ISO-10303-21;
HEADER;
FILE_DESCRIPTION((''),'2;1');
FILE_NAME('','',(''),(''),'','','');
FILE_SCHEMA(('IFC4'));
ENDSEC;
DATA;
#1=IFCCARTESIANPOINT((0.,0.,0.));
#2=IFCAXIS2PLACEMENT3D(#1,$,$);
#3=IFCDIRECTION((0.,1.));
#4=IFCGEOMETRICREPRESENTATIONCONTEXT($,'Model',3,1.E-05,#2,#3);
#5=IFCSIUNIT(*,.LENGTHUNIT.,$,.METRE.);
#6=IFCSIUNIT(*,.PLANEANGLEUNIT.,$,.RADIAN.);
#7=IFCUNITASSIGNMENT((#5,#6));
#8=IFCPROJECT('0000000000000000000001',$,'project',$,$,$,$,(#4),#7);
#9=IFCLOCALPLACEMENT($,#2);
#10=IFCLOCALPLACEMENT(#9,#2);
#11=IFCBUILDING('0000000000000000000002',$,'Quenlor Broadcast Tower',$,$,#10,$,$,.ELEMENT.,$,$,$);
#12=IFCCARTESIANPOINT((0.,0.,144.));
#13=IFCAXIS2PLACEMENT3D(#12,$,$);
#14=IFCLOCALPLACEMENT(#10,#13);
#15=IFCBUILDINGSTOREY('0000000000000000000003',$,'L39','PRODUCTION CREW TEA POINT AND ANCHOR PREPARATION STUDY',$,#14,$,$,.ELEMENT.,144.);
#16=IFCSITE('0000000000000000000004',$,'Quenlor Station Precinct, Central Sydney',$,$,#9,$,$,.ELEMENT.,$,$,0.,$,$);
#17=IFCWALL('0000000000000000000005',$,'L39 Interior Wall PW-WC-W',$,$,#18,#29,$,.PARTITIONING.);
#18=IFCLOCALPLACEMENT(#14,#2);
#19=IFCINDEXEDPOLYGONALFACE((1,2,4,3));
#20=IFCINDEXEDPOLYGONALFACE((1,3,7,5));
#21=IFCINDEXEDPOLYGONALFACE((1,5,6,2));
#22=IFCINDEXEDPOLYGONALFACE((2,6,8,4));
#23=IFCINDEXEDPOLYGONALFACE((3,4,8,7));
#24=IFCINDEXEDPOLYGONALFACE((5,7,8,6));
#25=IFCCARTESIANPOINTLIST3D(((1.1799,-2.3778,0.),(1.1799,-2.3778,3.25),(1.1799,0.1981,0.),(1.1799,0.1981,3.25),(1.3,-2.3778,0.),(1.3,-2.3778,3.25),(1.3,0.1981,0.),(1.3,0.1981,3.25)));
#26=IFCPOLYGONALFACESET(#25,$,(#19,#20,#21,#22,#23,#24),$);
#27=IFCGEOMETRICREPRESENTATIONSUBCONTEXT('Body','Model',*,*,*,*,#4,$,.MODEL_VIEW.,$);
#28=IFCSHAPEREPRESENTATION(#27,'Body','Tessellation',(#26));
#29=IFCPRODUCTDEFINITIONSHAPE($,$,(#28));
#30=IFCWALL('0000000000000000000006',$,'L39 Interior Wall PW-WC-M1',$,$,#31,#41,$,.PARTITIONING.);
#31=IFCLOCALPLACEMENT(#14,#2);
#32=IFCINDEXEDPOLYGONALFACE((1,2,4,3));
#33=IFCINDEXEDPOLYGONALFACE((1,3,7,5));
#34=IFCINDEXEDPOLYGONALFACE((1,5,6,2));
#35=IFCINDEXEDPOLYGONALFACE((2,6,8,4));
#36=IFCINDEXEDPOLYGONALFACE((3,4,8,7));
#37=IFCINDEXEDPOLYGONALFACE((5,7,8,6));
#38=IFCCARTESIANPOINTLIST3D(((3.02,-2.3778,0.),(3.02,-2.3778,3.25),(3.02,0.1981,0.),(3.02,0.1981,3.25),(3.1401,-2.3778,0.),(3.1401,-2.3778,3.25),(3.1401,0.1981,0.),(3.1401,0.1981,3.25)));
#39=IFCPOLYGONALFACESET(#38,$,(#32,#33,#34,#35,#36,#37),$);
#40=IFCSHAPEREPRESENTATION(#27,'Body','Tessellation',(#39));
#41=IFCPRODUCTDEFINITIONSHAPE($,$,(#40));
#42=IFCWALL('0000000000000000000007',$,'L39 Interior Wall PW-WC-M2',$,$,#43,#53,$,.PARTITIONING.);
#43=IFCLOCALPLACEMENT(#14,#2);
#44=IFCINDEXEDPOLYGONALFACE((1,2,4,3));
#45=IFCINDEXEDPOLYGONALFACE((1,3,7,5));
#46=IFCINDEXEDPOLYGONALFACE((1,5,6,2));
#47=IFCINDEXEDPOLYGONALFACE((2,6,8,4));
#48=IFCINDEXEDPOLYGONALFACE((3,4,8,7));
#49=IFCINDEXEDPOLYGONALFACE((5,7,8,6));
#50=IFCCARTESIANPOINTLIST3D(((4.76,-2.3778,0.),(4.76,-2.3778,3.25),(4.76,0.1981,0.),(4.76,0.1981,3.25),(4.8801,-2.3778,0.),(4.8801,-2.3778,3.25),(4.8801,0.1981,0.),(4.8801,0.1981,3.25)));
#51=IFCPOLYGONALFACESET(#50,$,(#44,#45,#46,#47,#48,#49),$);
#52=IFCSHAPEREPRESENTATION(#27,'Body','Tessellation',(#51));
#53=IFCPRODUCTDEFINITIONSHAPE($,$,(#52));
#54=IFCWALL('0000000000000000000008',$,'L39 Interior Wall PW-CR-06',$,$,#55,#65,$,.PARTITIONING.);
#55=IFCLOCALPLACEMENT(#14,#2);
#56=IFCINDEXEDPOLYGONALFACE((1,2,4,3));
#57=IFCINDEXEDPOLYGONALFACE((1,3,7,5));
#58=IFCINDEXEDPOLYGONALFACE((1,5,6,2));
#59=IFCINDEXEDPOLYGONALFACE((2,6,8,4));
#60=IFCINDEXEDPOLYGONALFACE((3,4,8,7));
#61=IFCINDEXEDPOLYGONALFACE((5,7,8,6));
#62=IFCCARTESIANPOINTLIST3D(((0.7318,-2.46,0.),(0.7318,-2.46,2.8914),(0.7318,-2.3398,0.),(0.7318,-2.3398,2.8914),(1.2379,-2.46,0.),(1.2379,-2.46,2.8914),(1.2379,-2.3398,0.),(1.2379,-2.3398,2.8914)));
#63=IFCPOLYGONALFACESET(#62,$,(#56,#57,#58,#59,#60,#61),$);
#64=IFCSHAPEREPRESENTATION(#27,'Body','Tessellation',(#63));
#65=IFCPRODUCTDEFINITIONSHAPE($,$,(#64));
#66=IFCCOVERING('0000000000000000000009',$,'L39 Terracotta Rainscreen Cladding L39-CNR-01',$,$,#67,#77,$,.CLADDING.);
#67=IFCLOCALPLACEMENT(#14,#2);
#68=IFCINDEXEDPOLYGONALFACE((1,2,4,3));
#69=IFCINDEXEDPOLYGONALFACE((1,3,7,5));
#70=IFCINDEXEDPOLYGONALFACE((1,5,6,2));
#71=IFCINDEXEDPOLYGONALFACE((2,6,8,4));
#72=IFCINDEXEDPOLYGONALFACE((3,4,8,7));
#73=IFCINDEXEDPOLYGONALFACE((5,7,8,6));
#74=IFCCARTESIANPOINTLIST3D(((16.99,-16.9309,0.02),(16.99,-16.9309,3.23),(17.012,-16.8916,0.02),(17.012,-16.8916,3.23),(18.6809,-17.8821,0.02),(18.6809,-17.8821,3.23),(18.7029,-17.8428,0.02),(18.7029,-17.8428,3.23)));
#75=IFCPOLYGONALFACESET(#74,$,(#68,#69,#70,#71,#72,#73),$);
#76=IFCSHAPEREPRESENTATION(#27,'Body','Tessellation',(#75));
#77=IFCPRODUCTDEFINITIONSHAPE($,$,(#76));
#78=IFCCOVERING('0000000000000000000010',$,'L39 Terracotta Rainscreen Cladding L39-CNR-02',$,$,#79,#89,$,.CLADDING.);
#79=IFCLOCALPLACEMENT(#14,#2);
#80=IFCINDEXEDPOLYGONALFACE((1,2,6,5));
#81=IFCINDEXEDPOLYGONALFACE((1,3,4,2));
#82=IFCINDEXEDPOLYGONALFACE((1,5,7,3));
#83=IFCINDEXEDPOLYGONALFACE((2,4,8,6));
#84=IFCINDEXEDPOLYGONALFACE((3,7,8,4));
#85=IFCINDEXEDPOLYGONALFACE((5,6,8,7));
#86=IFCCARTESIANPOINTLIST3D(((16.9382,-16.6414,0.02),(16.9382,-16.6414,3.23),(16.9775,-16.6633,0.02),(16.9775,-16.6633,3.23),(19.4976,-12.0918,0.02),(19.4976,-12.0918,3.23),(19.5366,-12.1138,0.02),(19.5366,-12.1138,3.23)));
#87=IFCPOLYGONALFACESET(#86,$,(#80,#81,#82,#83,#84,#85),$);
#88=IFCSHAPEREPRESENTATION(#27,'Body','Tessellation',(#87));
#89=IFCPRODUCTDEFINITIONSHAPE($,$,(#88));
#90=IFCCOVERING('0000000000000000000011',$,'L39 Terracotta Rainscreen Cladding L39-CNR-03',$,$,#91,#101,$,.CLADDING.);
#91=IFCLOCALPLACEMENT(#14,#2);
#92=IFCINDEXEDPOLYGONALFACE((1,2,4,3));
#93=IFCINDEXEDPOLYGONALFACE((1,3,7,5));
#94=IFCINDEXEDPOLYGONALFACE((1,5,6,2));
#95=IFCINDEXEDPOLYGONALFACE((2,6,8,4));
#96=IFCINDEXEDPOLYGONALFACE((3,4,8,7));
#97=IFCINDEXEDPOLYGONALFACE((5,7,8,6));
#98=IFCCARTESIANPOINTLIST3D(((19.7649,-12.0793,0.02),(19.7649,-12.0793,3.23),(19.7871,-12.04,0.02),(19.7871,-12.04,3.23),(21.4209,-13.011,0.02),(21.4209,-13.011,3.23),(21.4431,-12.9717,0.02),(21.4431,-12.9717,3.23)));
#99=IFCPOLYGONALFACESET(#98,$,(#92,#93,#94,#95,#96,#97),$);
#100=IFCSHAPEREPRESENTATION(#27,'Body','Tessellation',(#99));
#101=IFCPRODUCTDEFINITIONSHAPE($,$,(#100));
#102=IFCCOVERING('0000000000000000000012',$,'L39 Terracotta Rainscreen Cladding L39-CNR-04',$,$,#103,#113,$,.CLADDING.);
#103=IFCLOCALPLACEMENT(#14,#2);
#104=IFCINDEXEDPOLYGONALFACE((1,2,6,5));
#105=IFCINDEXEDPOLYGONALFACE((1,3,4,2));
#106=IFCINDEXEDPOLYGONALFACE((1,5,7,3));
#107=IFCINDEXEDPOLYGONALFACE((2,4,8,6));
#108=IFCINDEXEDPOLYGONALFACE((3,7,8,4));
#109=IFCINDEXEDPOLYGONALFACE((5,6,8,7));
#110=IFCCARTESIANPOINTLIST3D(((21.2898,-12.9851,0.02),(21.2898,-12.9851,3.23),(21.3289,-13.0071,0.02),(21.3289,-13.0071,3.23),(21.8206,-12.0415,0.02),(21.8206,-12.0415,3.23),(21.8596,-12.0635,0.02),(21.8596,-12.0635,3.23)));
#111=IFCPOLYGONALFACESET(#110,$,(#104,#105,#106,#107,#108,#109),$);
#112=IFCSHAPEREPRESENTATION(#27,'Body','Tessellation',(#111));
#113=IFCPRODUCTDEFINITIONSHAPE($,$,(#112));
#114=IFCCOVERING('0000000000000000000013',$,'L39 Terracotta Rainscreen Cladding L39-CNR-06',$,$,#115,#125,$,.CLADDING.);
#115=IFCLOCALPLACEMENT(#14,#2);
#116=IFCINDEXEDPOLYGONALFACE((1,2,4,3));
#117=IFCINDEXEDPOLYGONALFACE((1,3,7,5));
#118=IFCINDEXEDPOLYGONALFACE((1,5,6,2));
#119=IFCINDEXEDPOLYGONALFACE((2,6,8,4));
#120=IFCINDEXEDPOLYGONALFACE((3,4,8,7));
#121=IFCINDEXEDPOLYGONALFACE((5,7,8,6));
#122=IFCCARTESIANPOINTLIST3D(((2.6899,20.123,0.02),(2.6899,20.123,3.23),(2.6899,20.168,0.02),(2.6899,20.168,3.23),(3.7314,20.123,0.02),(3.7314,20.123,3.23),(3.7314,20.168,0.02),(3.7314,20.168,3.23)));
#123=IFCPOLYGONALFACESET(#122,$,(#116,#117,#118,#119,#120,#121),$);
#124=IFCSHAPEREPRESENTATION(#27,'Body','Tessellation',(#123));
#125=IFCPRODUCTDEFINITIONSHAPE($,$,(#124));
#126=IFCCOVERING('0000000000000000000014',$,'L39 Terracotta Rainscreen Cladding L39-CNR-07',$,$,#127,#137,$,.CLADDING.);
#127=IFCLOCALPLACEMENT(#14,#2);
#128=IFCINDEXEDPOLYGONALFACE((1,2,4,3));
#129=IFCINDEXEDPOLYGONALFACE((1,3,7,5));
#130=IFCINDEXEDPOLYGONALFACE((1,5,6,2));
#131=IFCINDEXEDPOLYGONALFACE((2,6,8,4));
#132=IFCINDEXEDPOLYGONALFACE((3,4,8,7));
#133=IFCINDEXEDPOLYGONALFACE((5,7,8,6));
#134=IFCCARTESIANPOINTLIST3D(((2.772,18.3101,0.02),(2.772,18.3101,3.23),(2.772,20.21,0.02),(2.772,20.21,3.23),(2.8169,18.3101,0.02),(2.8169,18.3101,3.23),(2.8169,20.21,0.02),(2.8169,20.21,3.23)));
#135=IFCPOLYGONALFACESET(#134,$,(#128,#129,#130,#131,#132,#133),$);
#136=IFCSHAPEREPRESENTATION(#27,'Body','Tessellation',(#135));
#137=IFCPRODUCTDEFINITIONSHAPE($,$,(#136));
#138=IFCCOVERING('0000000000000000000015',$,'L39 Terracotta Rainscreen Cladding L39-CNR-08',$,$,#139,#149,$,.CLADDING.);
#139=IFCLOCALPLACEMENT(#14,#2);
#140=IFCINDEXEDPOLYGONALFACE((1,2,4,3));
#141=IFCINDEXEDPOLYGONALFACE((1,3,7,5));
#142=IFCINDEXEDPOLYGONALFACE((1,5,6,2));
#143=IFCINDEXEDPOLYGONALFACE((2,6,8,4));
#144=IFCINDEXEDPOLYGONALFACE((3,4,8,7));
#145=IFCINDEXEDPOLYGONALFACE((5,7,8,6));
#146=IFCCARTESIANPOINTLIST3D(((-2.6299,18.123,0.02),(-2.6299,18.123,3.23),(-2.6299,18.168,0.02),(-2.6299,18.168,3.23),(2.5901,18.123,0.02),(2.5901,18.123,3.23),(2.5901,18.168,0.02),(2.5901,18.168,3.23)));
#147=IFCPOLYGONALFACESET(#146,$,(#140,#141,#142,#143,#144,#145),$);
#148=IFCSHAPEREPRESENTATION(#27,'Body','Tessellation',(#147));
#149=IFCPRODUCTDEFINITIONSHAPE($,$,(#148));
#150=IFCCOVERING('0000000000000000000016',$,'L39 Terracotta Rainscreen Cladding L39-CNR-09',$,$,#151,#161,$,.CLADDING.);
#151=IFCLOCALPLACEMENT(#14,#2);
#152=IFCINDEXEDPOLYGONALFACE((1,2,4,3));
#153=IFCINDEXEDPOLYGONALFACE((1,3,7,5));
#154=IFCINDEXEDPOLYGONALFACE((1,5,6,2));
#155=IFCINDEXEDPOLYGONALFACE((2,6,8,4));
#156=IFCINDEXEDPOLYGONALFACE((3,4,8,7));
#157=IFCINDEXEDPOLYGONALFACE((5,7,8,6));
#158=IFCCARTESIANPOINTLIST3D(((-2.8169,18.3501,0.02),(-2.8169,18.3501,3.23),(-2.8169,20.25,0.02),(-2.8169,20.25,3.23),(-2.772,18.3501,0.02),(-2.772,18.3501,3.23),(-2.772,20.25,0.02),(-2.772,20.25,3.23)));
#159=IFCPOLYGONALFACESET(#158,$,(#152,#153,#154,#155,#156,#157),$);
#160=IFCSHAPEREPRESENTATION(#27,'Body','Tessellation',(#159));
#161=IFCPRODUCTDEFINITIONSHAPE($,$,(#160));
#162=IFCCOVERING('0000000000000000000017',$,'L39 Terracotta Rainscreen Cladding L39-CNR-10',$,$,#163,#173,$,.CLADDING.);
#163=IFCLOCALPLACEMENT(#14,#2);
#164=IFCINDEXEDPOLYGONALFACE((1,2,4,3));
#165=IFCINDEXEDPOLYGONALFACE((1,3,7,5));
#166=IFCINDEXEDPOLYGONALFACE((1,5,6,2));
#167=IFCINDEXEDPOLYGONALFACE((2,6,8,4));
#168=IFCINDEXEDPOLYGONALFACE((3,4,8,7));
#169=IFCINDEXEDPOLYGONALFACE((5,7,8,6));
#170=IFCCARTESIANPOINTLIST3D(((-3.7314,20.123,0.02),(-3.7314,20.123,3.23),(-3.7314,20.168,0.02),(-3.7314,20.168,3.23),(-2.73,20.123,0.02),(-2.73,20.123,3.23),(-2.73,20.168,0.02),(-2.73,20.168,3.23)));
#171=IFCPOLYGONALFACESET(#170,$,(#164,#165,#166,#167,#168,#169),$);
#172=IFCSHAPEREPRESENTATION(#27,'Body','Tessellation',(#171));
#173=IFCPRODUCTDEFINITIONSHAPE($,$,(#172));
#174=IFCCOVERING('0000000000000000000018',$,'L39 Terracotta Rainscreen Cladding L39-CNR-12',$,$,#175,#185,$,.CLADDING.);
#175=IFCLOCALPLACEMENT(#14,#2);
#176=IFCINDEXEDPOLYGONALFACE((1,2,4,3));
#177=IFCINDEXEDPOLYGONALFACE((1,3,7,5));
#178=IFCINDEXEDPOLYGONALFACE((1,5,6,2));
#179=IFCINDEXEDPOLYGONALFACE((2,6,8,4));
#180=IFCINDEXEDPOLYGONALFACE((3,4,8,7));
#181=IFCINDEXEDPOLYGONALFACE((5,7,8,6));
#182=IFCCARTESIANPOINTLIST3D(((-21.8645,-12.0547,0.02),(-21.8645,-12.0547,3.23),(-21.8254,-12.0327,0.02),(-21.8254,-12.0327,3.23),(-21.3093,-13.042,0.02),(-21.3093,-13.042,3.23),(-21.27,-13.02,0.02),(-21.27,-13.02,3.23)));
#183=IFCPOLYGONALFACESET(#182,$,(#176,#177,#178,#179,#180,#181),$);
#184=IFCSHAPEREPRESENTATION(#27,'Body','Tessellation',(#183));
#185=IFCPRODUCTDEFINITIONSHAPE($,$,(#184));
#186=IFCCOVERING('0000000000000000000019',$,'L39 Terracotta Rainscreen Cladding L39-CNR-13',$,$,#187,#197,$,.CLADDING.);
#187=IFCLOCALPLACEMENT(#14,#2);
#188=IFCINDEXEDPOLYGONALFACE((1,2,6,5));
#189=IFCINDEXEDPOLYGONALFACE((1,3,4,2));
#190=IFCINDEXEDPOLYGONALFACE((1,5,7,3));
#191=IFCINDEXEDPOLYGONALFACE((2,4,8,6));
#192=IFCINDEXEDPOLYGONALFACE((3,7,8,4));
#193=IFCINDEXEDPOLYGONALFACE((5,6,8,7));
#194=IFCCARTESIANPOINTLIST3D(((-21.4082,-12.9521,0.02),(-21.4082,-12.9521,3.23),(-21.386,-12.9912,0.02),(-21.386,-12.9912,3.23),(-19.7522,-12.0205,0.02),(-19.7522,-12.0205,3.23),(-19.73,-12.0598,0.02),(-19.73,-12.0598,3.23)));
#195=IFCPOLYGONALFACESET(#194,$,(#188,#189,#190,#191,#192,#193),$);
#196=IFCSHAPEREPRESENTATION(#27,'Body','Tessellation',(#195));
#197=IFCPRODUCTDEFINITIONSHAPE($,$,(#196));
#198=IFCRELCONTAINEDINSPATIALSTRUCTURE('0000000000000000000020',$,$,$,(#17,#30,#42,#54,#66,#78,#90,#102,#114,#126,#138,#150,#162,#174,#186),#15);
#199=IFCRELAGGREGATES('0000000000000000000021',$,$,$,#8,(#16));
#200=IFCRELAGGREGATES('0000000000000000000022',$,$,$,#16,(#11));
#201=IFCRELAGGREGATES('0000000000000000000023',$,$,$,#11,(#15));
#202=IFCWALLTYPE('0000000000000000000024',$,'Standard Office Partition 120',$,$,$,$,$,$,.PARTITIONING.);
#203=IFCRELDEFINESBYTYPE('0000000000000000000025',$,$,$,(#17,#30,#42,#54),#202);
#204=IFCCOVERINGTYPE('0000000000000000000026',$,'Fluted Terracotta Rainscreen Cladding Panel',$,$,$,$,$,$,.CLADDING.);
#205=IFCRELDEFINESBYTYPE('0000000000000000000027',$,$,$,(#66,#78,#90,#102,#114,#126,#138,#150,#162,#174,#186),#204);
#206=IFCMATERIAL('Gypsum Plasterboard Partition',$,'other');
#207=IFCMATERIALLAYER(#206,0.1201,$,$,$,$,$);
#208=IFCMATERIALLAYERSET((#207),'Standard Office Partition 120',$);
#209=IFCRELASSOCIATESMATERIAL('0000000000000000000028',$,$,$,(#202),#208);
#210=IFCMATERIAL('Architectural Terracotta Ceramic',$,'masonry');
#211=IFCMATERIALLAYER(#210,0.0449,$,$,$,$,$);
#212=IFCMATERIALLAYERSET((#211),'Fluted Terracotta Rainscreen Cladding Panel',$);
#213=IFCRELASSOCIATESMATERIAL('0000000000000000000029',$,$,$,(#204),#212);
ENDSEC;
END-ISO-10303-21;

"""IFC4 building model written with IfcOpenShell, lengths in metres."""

from ifc_helpers import new_model, si_unit, direction, frame, frame_2d, origin, place, context, subcontext, project, spatial, polyline, rectangle, outline, extrude, material, layer, layer_set, type_object, element, save


model = new_model("IFC4")

# Units and contexts
model_context = context("Model", 3, precision=1e-05, world=origin(), true_north=direction((0.0, 1.0)))
body_context = subcontext(model_context, "Body", "Model", "MODEL_VIEW")
ifc_project = project(units=[si_unit("LENGTHUNIT", "METRE"), si_unit("PLANEANGLEUNIT", "RADIAN")], contexts=[model_context])

# Site, building, storey
site_placement = place(None, origin())
site = spatial("IfcSite", under=ifc_project, at=site_placement, Name="Quenlor Station Precinct, Central Sydney", CompositionType="ELEMENT", RefElevation=0.0)
building_placement = place(site_placement, origin())
building = spatial("IfcBuilding", under=site, at=building_placement, Name="Quenlor Broadcast Tower", CompositionType="ELEMENT")
storey_placement = place(building_placement, frame((0.0, 0.0, 144.0)))
storey = spatial("IfcBuildingStorey", under=building, at=storey_placement, Name="L39", Description="PRODUCTION CREW TEA POINT AND ANCHOR PREPARATION STUDY", CompositionType="ELEMENT", Elevation=144.0)

# Shared definitions
ifc_material_1 = material(Name="Gypsum Plasterboard Partition", Category="other")
ifc_layer_1 = layer(ifc_material_1, 0.1201)
ifc_layer_set_1 = layer_set([ifc_layer_1], Name="Standard Office Partition 120")
wall_type = type_object("IfcWallType", Name="Standard Office Partition 120", PredefinedType="PARTITIONING", material=ifc_layer_set_1)

# Walls
for number, where, z_axis, x_axis, name in (
    (1, (1.24, -2.3779, 0.0), (0.0, 0.0, 1.0), (0.0, 1.0, 0.0), "L39 Interior Wall PW-WC-W"),
    (2, (3.0801, -2.3779, 0.0), (0.0, 0.0, 1.0), (0.0, 1.0, 0.0), "L39 Interior Wall PW-WC-M1"),
    (3, (4.8201, -2.3779, 0.0), (0.0, 0.0, 1.0), (0.0, 1.0, 0.0), "L39 Interior Wall PW-WC-M2"),
):
    element("IfcWall", number, at=place(storey_placement, frame(where, z_axis=z_axis, x_axis=x_axis)), inside=storey, type_object=wall_type, Name=name, PredefinedType="PARTITIONING", context=body_context, shape_type="SweptSolid", body=[
        extrude(rectangle(XDim=2.5759, YDim=0.1201, at=frame_2d((1.2881, 0.0))), origin(), (0.0, 0.0, 1.0), 3.25),
    ])
wall_1_placement = place(storey_placement, frame((0.7319, -2.3999, 0.0), z_axis=(0.0, 0.0, 1.0), x_axis=(1.0, 0.0, 0.0)))
element("IfcWall", 4, at=wall_1_placement, inside=storey, type_object=wall_type, Name="L39 Interior Wall PW-CR-06", PredefinedType="PARTITIONING", context=body_context, shape_type="SweptSolid", body=[
    extrude(rectangle(XDim=0.5061, YDim=0.1201, at=frame_2d((0.2529, 0.0))), origin(), (0.0, 0.0, 1.0), 2.8914),
])

# Coverings
ifc_material_2 = material(Name="Architectural Terracotta Ceramic", Category="masonry")
ifc_layer_2 = layer(ifc_material_2, 0.0449)
ifc_layer_set_2 = layer_set([ifc_layer_2], Name="Fluted Terracotta Rainscreen Cladding Panel")
covering_type = type_object("IfcCoveringType", Name="Fluted Terracotta Rainscreen Cladding Panel", PredefinedType="CLADDING", material=ifc_layer_set_2)
covering_1_placement = place(storey_placement, frame((0.0, 0.0, 0.02)))
element("IfcCovering", 5, at=covering_1_placement, inside=storey, type_object=covering_type, Name="L39 Terracotta Rainscreen Cladding L39-CNR-01", PredefinedType="CLADDING", context=body_context, shape_type="SweptSolid", body=[
    extrude(outline(polyline([(18.7029, -17.8428), (17.012, -16.8916), (16.99, -16.9309), (18.6809, -17.8821), (18.7029, -17.8428)])), origin(), (0.0, 0.0, 1.0), 3.21),
])
covering_2_placement = place(storey_placement, frame((0.0, 0.0, 0.02)))
element("IfcCovering", 6, at=covering_2_placement, inside=storey, type_object=covering_type, Name="L39 Terracotta Rainscreen Cladding L39-CNR-02", PredefinedType="CLADDING", context=body_context, shape_type="SweptSolid", body=[
    extrude(outline(polyline([(16.9775, -16.6633), (19.5366, -12.1138), (19.4976, -12.0918), (16.9382, -16.6414), (16.9775, -16.6633)])), origin(), (0.0, 0.0, 1.0), 3.21),
])
covering_3_placement = place(storey_placement, frame((0.0, 0.0, 0.02)))
element("IfcCovering", 7, at=covering_3_placement, inside=storey, type_object=covering_type, Name="L39 Terracotta Rainscreen Cladding L39-CNR-03", PredefinedType="CLADDING", context=body_context, shape_type="SweptSolid", body=[
    extrude(outline(polyline([(19.7649, -12.0793), (21.4209, -13.011), (21.4431, -12.9717), (19.7871, -12.04), (19.7649, -12.0793)])), origin(), (0.0, 0.0, 1.0), 3.21),
])
covering_4_placement = place(storey_placement, frame((0.0, 0.0, 0.02)))
element("IfcCovering", 8, at=covering_4_placement, inside=storey, type_object=covering_type, Name="L39 Terracotta Rainscreen Cladding L39-CNR-04", PredefinedType="CLADDING", context=body_context, shape_type="SweptSolid", body=[
    extrude(outline(polyline([(21.3289, -13.0071), (21.8596, -12.0635), (21.8206, -12.0415), (21.2898, -12.9851), (21.3289, -13.0071)])), origin(), (0.0, 0.0, 1.0), 3.21),
])
covering_5_placement = place(storey_placement, frame((0.0, 0.0, 0.02)))
element("IfcCovering", 9, at=covering_5_placement, inside=storey, type_object=covering_type, Name="L39 Terracotta Rainscreen Cladding L39-CNR-06", PredefinedType="CLADDING", context=body_context, shape_type="SweptSolid", body=[
    extrude(outline(polyline([(3.7314, 20.168), (2.6899, 20.168), (2.6899, 20.123), (3.7314, 20.123), (3.7314, 20.168)])), origin(), (0.0, 0.0, 1.0), 3.21),
])
covering_6_placement = place(storey_placement, frame((0.0, 0.0, 0.02)))
element("IfcCovering", 10, at=covering_6_placement, inside=storey, type_object=covering_type, Name="L39 Terracotta Rainscreen Cladding L39-CNR-07", PredefinedType="CLADDING", context=body_context, shape_type="SweptSolid", body=[
    extrude(outline(polyline([(2.772, 20.21), (2.772, 18.3101), (2.8169, 18.3101), (2.8169, 20.21), (2.772, 20.21)])), origin(), (0.0, 0.0, 1.0), 3.21),
])
covering_7_placement = place(storey_placement, frame((0.0, 0.0, 0.02)))
element("IfcCovering", 11, at=covering_7_placement, inside=storey, type_object=covering_type, Name="L39 Terracotta Rainscreen Cladding L39-CNR-08", PredefinedType="CLADDING", context=body_context, shape_type="SweptSolid", body=[
    extrude(outline(polyline([(2.5901, 18.168), (-2.6299, 18.168), (-2.6299, 18.123), (2.5901, 18.123), (2.5901, 18.168)])), origin(), (0.0, 0.0, 1.0), 3.21),
])
covering_8_placement = place(storey_placement, frame((0.0, 0.0, 0.02)))
element("IfcCovering", 12, at=covering_8_placement, inside=storey, type_object=covering_type, Name="L39 Terracotta Rainscreen Cladding L39-CNR-09", PredefinedType="CLADDING", context=body_context, shape_type="SweptSolid", body=[
    extrude(outline(polyline([(-2.772, 18.3501), (-2.772, 20.25), (-2.8169, 20.25), (-2.8169, 18.3501), (-2.772, 18.3501)])), origin(), (0.0, 0.0, 1.0), 3.21),
])
covering_9_placement = place(storey_placement, frame((0.0, 0.0, 0.02)))
element("IfcCovering", 13, at=covering_9_placement, inside=storey, type_object=covering_type, Name="L39 Terracotta Rainscreen Cladding L39-CNR-10", PredefinedType="CLADDING", context=body_context, shape_type="SweptSolid", body=[
    extrude(outline(polyline([(-2.73, 20.168), (-3.7314, 20.168), (-3.7314, 20.123), (-2.73, 20.123), (-2.73, 20.168)])), origin(), (0.0, 0.0, 1.0), 3.21),
])
covering_10_placement = place(storey_placement, frame((0.0, 0.0, 0.02)))
element("IfcCovering", 14, at=covering_10_placement, inside=storey, type_object=covering_type, Name="L39 Terracotta Rainscreen Cladding L39-CNR-12", PredefinedType="CLADDING", context=body_context, shape_type="SweptSolid", body=[
    extrude(outline(polyline([(-21.8645, -12.0547), (-21.3093, -13.042), (-21.27, -13.02), (-21.8254, -12.0327), (-21.8645, -12.0547)])), origin(), (0.0, 0.0, 1.0), 3.21),
])
covering_11_placement = place(storey_placement, frame((0.0, 0.0, 0.02)))
element("IfcCovering", 15, at=covering_11_placement, inside=storey, type_object=covering_type, Name="L39 Terracotta Rainscreen Cladding L39-CNR-13", PredefinedType="CLADDING", context=body_context, shape_type="SweptSolid", body=[
    extrude(outline(polyline([(-21.386, -12.9912), (-19.73, -12.0598), (-19.7522, -12.0205), (-21.4082, -12.9521), (-21.386, -12.9912)])), origin(), (0.0, 0.0, 1.0), 3.21),
])

save(model, "model.ifc")
